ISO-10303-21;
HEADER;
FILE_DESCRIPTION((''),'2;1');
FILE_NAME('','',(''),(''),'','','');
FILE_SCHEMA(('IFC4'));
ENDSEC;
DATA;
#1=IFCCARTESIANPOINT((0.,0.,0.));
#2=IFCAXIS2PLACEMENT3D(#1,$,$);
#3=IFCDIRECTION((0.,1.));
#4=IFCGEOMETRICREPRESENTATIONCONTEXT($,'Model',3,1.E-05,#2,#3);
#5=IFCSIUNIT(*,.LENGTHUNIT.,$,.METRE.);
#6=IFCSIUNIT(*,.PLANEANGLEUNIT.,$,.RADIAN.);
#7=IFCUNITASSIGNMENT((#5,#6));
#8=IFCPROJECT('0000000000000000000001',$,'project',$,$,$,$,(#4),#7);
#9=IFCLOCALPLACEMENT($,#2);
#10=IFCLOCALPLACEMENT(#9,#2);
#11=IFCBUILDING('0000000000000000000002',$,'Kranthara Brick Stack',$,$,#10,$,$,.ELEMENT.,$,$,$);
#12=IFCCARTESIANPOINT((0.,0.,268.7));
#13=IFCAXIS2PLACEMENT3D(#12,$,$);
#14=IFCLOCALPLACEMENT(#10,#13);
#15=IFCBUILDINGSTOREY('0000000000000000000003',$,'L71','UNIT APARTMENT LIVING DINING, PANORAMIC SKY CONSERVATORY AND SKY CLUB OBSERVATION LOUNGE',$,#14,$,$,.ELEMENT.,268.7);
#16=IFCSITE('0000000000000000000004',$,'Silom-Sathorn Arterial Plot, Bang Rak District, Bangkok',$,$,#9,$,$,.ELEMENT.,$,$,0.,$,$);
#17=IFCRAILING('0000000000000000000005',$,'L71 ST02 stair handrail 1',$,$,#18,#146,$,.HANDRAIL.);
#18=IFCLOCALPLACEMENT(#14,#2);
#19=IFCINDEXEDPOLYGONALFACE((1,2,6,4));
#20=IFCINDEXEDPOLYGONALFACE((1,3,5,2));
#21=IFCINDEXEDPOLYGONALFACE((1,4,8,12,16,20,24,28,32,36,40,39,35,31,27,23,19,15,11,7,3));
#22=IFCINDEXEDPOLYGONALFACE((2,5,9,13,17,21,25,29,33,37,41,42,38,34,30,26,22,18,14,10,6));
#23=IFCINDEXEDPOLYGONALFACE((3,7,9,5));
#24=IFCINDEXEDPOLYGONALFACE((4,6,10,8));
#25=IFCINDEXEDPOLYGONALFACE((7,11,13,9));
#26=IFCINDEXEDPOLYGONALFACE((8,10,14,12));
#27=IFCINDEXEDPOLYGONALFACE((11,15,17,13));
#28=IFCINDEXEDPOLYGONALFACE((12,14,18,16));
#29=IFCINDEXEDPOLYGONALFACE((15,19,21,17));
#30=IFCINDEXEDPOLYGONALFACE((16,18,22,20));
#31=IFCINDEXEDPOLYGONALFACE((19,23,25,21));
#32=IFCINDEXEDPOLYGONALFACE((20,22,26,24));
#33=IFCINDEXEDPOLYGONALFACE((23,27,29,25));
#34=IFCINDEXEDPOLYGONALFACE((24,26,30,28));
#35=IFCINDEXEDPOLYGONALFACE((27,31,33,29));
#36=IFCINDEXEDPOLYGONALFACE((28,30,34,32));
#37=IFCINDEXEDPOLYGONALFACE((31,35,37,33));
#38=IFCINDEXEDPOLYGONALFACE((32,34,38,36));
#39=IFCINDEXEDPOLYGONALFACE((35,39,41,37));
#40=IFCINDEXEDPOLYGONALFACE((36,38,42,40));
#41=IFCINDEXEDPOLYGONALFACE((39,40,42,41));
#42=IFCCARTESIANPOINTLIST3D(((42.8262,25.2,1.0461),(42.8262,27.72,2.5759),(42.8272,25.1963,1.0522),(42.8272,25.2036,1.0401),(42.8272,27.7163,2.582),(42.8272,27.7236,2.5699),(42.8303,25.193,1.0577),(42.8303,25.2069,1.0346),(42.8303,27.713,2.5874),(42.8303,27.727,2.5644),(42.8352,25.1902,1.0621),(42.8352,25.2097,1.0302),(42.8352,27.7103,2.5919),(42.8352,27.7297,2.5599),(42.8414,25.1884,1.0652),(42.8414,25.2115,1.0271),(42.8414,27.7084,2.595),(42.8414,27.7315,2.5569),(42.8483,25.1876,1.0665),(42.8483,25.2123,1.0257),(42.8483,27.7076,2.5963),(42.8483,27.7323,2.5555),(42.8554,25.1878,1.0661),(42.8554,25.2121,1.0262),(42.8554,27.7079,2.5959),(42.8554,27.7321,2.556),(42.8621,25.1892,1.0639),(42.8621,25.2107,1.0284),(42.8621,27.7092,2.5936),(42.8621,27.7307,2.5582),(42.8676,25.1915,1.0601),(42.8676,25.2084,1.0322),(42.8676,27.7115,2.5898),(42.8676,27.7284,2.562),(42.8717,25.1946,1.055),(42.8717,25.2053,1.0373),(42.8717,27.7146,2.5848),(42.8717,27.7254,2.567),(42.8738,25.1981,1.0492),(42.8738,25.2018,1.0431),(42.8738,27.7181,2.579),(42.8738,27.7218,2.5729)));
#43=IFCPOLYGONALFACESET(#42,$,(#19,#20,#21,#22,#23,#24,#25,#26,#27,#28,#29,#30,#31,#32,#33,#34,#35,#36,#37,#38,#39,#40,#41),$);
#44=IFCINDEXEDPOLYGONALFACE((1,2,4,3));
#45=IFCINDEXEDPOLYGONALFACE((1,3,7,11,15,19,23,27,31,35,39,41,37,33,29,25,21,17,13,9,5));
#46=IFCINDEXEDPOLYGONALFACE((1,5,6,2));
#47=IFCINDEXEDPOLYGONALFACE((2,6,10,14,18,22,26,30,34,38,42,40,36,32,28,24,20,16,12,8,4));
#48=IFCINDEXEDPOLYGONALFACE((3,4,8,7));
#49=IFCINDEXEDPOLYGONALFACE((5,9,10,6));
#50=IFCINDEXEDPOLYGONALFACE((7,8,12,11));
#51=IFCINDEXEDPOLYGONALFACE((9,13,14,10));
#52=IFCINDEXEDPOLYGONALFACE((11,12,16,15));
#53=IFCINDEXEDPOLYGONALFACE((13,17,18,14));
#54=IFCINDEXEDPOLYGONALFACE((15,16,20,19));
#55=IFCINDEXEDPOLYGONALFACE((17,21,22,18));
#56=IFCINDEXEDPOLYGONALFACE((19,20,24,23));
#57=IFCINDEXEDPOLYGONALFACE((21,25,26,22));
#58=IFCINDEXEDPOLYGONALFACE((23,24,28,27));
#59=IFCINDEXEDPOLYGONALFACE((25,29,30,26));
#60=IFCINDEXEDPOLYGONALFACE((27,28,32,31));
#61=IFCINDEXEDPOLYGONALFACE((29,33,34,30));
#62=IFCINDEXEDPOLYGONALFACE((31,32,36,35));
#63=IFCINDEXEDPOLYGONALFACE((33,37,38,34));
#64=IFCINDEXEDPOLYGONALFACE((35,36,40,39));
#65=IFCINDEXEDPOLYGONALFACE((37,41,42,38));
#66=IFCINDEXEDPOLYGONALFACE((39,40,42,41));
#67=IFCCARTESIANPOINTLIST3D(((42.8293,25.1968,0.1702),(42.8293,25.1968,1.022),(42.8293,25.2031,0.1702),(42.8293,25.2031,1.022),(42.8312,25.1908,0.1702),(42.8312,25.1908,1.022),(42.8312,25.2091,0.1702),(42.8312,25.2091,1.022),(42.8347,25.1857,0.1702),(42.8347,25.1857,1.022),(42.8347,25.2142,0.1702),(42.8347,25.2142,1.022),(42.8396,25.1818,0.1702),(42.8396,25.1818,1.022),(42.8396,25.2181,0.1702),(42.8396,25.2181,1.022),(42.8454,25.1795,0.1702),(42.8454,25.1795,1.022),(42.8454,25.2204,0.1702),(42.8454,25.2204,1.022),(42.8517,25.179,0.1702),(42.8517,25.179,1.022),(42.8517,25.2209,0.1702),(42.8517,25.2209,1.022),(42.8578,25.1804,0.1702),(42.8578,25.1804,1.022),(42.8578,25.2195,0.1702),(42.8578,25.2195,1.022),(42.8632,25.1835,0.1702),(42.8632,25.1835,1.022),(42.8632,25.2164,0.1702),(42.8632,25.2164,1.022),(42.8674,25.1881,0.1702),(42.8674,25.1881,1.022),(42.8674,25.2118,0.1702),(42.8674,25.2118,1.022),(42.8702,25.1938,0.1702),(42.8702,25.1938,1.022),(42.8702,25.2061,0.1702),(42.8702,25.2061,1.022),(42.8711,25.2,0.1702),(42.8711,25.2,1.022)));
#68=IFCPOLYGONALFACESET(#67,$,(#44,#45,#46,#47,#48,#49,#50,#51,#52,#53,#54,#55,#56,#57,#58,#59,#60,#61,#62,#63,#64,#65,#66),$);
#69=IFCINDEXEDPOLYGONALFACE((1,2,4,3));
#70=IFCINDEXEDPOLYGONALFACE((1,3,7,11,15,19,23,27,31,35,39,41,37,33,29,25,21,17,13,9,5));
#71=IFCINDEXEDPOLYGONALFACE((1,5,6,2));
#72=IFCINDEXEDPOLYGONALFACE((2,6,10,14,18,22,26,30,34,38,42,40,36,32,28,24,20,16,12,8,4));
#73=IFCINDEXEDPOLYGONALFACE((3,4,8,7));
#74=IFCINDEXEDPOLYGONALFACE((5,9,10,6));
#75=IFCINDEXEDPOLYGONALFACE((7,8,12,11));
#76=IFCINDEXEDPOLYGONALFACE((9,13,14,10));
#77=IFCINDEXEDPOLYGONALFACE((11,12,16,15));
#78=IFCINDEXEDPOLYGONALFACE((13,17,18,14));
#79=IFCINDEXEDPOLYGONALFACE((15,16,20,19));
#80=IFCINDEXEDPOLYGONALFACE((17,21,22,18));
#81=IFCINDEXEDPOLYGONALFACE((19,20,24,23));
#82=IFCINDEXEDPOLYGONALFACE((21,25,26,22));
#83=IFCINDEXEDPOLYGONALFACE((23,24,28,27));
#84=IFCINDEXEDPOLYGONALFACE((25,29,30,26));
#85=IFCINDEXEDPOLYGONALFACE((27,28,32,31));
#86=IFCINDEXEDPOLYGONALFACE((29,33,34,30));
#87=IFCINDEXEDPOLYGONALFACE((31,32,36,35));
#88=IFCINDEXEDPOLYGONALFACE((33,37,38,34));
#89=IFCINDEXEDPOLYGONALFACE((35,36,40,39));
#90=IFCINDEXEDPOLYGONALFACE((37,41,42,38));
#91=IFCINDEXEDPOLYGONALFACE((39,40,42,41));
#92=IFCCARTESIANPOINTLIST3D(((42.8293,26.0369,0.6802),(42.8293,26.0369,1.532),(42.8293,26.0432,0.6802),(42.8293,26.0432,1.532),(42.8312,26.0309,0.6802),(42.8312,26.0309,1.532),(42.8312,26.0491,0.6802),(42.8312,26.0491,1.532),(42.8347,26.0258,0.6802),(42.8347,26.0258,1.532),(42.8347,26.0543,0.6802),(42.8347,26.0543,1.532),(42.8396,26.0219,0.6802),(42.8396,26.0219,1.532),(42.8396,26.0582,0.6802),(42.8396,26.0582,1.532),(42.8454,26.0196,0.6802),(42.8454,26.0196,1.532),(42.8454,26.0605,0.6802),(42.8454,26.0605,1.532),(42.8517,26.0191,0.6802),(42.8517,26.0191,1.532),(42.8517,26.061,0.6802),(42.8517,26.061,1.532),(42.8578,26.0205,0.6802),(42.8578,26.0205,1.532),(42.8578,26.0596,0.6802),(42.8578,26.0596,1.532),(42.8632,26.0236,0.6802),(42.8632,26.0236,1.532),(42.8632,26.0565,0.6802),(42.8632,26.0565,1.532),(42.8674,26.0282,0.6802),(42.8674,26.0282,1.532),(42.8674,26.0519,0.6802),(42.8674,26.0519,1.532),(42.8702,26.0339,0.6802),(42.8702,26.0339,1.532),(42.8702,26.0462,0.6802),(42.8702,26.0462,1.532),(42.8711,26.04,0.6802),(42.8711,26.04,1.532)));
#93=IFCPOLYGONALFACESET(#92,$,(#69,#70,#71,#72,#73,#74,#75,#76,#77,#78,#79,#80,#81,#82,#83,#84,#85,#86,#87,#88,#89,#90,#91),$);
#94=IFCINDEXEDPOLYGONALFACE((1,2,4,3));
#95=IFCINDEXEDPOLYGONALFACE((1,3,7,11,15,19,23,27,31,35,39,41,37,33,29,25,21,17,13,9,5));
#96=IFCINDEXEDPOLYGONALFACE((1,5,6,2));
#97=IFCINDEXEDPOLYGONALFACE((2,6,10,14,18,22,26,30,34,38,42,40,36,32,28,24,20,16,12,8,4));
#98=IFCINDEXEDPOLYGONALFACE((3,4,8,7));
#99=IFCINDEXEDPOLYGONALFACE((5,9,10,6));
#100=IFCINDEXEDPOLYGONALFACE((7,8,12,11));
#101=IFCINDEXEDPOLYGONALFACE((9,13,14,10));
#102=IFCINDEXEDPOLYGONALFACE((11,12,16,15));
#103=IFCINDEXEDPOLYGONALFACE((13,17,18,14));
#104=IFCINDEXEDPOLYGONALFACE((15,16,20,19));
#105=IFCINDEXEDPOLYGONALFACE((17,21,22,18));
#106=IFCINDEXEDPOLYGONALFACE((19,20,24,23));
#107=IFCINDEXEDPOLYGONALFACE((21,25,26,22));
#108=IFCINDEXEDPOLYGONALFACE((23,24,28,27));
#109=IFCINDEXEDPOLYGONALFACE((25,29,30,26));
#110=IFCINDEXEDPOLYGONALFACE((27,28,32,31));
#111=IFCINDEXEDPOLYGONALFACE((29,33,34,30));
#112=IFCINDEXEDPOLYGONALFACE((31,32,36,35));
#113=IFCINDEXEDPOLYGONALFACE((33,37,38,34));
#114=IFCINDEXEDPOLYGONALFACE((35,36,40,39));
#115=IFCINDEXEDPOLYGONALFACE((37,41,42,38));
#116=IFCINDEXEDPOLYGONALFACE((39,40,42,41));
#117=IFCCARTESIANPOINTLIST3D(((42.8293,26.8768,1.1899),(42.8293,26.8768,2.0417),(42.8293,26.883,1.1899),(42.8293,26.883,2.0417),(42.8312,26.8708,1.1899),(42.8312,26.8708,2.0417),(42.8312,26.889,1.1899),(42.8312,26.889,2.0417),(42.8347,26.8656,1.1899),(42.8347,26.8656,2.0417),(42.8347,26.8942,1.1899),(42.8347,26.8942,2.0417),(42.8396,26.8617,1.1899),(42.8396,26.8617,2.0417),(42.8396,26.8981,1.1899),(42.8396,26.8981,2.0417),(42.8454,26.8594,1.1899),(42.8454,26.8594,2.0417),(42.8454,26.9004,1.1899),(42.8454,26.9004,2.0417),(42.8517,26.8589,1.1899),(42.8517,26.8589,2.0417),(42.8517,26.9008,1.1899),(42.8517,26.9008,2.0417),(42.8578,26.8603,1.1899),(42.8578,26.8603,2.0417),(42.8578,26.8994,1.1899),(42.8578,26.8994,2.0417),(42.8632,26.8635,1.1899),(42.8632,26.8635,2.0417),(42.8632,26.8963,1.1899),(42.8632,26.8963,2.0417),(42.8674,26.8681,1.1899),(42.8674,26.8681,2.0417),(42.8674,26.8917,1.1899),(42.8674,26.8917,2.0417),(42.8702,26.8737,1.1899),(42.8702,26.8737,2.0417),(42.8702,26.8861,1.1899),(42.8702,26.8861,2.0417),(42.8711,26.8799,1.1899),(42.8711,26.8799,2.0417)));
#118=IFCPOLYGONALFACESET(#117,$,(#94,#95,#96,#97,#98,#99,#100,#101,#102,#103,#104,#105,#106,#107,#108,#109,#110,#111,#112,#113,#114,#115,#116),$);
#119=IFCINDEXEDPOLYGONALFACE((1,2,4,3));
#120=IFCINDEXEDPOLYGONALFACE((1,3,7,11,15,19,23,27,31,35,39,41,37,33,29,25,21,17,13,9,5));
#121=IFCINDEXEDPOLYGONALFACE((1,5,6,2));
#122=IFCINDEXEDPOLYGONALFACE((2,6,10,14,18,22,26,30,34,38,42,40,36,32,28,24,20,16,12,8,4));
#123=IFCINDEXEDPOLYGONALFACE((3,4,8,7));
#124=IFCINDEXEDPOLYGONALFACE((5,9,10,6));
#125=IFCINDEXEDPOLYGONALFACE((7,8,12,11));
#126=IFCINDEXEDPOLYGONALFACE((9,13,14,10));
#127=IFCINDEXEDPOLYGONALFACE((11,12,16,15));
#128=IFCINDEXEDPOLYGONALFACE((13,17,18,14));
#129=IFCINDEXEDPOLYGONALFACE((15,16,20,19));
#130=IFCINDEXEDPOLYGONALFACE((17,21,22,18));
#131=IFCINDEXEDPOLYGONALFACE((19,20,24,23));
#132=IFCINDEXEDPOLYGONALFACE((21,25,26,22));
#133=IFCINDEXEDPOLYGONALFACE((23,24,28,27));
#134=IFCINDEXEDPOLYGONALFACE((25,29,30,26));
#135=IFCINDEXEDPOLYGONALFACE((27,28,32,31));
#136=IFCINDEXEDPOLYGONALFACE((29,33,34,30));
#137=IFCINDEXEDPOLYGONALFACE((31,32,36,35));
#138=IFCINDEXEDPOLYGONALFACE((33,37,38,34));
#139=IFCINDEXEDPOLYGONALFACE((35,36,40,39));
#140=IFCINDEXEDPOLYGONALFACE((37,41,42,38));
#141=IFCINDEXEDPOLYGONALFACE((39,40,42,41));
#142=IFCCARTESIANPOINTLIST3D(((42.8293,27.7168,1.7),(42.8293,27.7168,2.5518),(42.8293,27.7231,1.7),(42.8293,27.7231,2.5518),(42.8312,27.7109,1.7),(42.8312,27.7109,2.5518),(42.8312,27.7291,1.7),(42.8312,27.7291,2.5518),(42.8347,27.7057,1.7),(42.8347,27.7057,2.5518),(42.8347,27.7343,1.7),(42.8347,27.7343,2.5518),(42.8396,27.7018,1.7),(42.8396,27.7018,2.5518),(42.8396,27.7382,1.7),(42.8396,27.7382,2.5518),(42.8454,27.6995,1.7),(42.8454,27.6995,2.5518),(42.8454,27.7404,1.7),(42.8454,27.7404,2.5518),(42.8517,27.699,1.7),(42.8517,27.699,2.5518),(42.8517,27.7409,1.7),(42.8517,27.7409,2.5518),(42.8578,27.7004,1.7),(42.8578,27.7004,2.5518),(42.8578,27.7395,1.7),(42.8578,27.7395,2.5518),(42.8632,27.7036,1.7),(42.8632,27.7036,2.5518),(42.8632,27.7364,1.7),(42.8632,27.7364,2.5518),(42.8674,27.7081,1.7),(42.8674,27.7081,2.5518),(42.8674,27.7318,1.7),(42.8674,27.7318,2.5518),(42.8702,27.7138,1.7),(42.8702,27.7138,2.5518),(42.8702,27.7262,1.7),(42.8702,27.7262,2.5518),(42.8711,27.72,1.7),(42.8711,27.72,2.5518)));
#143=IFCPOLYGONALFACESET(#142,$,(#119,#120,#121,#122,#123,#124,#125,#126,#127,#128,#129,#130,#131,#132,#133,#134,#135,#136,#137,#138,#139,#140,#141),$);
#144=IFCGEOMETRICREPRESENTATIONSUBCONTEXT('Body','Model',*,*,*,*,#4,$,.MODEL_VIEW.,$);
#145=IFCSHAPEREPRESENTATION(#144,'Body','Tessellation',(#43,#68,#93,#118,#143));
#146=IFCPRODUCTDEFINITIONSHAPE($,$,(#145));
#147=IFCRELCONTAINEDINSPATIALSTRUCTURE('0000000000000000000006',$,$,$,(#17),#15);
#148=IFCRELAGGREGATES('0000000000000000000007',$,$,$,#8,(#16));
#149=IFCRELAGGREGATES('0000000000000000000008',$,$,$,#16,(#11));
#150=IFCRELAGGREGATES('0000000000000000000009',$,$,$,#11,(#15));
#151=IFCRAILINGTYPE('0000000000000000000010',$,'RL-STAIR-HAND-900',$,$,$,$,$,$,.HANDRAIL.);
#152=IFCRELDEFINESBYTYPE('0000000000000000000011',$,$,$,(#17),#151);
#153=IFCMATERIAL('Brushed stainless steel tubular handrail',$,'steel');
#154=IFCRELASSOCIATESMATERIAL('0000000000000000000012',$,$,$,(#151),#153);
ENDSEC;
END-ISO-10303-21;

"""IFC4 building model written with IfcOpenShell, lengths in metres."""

from ifc_helpers import new_model, si_unit, direction, frame, origin, origin_2d, place, context, subcontext, project, spatial, circle, extrude, material, type_object, element, save


model = new_model("IFC4")

# Units and contexts
model_context = context("Model", 3, precision=1e-05, world=origin(), true_north=direction((0.0, 1.0)))
body_context = subcontext(model_context, "Body", "Model", "MODEL_VIEW")
ifc_project = project(units=[si_unit("LENGTHUNIT", "METRE"), si_unit("PLANEANGLEUNIT", "RADIAN")], contexts=[model_context])

# Site, building, storey
site_placement = place(None, origin())
site = spatial("IfcSite", under=ifc_project, at=site_placement, Name="Silom-Sathorn Arterial Plot, Bang Rak District, Bangkok", CompositionType="ELEMENT", RefElevation=0.0)
building_placement = place(site_placement, origin())
building = spatial("IfcBuilding", under=site, at=building_placement, Name="Kranthara Brick Stack", CompositionType="ELEMENT")
storey_placement = place(building_placement, frame((0.0, 0.0, 268.7)))
storey = spatial("IfcBuildingStorey", under=building, at=storey_placement, Name="L71", Description="UNIT APARTMENT LIVING DINING, PANORAMIC SKY CONSERVATORY AND SKY CLUB OBSERVATION LOUNGE", CompositionType="ELEMENT", Elevation=268.7)

# Railing
ifc_material_1 = material(Name="Brushed stainless steel tubular handrail", Category="steel")
railing_type_1 = type_object("IfcRailingType", Name="RL-STAIR-HAND-900", PredefinedType="HANDRAIL", material=ifc_material_1)
railing_1_placement = place(storey_placement, frame((42.8501, 25.2, 0.1702)))
element("IfcRailing", 1, at=railing_1_placement, inside=storey, type_object=railing_type_1, Name="L71 ST02 stair handrail 1", PredefinedType="HANDRAIL", context=body_context, shape_type="SweptSolid", body=[
    extrude(circle(Radius=0.0239, at=origin_2d()), frame((0.0, 0.0, 0.876), z_axis=(0.0, 0.854822, 0.518922), x_axis=(-1.0, 0.0, 0.0)), (0.0, 0.0, 1.0), 2.948),
    extrude(circle(Radius=0.021, at=origin_2d()), origin(), (0.0, 0.0, 1.0), 0.8518),
    extrude(circle(Radius=0.021, at=origin_2d()), frame((0.0, 0.8401, 0.51)), (0.0, 0.0, 1.0), 0.8518),
    extrude(circle(Radius=0.021, at=origin_2d()), frame((0.0, 1.6799, 1.0198)), (0.0, 0.0, 1.0), 0.8518),
    extrude(circle(Radius=0.021, at=origin_2d()), frame((0.0, 2.52, 1.5298)), (0.0, 0.0, 1.0), 0.8518),
])

save(model, "model.ifc")
